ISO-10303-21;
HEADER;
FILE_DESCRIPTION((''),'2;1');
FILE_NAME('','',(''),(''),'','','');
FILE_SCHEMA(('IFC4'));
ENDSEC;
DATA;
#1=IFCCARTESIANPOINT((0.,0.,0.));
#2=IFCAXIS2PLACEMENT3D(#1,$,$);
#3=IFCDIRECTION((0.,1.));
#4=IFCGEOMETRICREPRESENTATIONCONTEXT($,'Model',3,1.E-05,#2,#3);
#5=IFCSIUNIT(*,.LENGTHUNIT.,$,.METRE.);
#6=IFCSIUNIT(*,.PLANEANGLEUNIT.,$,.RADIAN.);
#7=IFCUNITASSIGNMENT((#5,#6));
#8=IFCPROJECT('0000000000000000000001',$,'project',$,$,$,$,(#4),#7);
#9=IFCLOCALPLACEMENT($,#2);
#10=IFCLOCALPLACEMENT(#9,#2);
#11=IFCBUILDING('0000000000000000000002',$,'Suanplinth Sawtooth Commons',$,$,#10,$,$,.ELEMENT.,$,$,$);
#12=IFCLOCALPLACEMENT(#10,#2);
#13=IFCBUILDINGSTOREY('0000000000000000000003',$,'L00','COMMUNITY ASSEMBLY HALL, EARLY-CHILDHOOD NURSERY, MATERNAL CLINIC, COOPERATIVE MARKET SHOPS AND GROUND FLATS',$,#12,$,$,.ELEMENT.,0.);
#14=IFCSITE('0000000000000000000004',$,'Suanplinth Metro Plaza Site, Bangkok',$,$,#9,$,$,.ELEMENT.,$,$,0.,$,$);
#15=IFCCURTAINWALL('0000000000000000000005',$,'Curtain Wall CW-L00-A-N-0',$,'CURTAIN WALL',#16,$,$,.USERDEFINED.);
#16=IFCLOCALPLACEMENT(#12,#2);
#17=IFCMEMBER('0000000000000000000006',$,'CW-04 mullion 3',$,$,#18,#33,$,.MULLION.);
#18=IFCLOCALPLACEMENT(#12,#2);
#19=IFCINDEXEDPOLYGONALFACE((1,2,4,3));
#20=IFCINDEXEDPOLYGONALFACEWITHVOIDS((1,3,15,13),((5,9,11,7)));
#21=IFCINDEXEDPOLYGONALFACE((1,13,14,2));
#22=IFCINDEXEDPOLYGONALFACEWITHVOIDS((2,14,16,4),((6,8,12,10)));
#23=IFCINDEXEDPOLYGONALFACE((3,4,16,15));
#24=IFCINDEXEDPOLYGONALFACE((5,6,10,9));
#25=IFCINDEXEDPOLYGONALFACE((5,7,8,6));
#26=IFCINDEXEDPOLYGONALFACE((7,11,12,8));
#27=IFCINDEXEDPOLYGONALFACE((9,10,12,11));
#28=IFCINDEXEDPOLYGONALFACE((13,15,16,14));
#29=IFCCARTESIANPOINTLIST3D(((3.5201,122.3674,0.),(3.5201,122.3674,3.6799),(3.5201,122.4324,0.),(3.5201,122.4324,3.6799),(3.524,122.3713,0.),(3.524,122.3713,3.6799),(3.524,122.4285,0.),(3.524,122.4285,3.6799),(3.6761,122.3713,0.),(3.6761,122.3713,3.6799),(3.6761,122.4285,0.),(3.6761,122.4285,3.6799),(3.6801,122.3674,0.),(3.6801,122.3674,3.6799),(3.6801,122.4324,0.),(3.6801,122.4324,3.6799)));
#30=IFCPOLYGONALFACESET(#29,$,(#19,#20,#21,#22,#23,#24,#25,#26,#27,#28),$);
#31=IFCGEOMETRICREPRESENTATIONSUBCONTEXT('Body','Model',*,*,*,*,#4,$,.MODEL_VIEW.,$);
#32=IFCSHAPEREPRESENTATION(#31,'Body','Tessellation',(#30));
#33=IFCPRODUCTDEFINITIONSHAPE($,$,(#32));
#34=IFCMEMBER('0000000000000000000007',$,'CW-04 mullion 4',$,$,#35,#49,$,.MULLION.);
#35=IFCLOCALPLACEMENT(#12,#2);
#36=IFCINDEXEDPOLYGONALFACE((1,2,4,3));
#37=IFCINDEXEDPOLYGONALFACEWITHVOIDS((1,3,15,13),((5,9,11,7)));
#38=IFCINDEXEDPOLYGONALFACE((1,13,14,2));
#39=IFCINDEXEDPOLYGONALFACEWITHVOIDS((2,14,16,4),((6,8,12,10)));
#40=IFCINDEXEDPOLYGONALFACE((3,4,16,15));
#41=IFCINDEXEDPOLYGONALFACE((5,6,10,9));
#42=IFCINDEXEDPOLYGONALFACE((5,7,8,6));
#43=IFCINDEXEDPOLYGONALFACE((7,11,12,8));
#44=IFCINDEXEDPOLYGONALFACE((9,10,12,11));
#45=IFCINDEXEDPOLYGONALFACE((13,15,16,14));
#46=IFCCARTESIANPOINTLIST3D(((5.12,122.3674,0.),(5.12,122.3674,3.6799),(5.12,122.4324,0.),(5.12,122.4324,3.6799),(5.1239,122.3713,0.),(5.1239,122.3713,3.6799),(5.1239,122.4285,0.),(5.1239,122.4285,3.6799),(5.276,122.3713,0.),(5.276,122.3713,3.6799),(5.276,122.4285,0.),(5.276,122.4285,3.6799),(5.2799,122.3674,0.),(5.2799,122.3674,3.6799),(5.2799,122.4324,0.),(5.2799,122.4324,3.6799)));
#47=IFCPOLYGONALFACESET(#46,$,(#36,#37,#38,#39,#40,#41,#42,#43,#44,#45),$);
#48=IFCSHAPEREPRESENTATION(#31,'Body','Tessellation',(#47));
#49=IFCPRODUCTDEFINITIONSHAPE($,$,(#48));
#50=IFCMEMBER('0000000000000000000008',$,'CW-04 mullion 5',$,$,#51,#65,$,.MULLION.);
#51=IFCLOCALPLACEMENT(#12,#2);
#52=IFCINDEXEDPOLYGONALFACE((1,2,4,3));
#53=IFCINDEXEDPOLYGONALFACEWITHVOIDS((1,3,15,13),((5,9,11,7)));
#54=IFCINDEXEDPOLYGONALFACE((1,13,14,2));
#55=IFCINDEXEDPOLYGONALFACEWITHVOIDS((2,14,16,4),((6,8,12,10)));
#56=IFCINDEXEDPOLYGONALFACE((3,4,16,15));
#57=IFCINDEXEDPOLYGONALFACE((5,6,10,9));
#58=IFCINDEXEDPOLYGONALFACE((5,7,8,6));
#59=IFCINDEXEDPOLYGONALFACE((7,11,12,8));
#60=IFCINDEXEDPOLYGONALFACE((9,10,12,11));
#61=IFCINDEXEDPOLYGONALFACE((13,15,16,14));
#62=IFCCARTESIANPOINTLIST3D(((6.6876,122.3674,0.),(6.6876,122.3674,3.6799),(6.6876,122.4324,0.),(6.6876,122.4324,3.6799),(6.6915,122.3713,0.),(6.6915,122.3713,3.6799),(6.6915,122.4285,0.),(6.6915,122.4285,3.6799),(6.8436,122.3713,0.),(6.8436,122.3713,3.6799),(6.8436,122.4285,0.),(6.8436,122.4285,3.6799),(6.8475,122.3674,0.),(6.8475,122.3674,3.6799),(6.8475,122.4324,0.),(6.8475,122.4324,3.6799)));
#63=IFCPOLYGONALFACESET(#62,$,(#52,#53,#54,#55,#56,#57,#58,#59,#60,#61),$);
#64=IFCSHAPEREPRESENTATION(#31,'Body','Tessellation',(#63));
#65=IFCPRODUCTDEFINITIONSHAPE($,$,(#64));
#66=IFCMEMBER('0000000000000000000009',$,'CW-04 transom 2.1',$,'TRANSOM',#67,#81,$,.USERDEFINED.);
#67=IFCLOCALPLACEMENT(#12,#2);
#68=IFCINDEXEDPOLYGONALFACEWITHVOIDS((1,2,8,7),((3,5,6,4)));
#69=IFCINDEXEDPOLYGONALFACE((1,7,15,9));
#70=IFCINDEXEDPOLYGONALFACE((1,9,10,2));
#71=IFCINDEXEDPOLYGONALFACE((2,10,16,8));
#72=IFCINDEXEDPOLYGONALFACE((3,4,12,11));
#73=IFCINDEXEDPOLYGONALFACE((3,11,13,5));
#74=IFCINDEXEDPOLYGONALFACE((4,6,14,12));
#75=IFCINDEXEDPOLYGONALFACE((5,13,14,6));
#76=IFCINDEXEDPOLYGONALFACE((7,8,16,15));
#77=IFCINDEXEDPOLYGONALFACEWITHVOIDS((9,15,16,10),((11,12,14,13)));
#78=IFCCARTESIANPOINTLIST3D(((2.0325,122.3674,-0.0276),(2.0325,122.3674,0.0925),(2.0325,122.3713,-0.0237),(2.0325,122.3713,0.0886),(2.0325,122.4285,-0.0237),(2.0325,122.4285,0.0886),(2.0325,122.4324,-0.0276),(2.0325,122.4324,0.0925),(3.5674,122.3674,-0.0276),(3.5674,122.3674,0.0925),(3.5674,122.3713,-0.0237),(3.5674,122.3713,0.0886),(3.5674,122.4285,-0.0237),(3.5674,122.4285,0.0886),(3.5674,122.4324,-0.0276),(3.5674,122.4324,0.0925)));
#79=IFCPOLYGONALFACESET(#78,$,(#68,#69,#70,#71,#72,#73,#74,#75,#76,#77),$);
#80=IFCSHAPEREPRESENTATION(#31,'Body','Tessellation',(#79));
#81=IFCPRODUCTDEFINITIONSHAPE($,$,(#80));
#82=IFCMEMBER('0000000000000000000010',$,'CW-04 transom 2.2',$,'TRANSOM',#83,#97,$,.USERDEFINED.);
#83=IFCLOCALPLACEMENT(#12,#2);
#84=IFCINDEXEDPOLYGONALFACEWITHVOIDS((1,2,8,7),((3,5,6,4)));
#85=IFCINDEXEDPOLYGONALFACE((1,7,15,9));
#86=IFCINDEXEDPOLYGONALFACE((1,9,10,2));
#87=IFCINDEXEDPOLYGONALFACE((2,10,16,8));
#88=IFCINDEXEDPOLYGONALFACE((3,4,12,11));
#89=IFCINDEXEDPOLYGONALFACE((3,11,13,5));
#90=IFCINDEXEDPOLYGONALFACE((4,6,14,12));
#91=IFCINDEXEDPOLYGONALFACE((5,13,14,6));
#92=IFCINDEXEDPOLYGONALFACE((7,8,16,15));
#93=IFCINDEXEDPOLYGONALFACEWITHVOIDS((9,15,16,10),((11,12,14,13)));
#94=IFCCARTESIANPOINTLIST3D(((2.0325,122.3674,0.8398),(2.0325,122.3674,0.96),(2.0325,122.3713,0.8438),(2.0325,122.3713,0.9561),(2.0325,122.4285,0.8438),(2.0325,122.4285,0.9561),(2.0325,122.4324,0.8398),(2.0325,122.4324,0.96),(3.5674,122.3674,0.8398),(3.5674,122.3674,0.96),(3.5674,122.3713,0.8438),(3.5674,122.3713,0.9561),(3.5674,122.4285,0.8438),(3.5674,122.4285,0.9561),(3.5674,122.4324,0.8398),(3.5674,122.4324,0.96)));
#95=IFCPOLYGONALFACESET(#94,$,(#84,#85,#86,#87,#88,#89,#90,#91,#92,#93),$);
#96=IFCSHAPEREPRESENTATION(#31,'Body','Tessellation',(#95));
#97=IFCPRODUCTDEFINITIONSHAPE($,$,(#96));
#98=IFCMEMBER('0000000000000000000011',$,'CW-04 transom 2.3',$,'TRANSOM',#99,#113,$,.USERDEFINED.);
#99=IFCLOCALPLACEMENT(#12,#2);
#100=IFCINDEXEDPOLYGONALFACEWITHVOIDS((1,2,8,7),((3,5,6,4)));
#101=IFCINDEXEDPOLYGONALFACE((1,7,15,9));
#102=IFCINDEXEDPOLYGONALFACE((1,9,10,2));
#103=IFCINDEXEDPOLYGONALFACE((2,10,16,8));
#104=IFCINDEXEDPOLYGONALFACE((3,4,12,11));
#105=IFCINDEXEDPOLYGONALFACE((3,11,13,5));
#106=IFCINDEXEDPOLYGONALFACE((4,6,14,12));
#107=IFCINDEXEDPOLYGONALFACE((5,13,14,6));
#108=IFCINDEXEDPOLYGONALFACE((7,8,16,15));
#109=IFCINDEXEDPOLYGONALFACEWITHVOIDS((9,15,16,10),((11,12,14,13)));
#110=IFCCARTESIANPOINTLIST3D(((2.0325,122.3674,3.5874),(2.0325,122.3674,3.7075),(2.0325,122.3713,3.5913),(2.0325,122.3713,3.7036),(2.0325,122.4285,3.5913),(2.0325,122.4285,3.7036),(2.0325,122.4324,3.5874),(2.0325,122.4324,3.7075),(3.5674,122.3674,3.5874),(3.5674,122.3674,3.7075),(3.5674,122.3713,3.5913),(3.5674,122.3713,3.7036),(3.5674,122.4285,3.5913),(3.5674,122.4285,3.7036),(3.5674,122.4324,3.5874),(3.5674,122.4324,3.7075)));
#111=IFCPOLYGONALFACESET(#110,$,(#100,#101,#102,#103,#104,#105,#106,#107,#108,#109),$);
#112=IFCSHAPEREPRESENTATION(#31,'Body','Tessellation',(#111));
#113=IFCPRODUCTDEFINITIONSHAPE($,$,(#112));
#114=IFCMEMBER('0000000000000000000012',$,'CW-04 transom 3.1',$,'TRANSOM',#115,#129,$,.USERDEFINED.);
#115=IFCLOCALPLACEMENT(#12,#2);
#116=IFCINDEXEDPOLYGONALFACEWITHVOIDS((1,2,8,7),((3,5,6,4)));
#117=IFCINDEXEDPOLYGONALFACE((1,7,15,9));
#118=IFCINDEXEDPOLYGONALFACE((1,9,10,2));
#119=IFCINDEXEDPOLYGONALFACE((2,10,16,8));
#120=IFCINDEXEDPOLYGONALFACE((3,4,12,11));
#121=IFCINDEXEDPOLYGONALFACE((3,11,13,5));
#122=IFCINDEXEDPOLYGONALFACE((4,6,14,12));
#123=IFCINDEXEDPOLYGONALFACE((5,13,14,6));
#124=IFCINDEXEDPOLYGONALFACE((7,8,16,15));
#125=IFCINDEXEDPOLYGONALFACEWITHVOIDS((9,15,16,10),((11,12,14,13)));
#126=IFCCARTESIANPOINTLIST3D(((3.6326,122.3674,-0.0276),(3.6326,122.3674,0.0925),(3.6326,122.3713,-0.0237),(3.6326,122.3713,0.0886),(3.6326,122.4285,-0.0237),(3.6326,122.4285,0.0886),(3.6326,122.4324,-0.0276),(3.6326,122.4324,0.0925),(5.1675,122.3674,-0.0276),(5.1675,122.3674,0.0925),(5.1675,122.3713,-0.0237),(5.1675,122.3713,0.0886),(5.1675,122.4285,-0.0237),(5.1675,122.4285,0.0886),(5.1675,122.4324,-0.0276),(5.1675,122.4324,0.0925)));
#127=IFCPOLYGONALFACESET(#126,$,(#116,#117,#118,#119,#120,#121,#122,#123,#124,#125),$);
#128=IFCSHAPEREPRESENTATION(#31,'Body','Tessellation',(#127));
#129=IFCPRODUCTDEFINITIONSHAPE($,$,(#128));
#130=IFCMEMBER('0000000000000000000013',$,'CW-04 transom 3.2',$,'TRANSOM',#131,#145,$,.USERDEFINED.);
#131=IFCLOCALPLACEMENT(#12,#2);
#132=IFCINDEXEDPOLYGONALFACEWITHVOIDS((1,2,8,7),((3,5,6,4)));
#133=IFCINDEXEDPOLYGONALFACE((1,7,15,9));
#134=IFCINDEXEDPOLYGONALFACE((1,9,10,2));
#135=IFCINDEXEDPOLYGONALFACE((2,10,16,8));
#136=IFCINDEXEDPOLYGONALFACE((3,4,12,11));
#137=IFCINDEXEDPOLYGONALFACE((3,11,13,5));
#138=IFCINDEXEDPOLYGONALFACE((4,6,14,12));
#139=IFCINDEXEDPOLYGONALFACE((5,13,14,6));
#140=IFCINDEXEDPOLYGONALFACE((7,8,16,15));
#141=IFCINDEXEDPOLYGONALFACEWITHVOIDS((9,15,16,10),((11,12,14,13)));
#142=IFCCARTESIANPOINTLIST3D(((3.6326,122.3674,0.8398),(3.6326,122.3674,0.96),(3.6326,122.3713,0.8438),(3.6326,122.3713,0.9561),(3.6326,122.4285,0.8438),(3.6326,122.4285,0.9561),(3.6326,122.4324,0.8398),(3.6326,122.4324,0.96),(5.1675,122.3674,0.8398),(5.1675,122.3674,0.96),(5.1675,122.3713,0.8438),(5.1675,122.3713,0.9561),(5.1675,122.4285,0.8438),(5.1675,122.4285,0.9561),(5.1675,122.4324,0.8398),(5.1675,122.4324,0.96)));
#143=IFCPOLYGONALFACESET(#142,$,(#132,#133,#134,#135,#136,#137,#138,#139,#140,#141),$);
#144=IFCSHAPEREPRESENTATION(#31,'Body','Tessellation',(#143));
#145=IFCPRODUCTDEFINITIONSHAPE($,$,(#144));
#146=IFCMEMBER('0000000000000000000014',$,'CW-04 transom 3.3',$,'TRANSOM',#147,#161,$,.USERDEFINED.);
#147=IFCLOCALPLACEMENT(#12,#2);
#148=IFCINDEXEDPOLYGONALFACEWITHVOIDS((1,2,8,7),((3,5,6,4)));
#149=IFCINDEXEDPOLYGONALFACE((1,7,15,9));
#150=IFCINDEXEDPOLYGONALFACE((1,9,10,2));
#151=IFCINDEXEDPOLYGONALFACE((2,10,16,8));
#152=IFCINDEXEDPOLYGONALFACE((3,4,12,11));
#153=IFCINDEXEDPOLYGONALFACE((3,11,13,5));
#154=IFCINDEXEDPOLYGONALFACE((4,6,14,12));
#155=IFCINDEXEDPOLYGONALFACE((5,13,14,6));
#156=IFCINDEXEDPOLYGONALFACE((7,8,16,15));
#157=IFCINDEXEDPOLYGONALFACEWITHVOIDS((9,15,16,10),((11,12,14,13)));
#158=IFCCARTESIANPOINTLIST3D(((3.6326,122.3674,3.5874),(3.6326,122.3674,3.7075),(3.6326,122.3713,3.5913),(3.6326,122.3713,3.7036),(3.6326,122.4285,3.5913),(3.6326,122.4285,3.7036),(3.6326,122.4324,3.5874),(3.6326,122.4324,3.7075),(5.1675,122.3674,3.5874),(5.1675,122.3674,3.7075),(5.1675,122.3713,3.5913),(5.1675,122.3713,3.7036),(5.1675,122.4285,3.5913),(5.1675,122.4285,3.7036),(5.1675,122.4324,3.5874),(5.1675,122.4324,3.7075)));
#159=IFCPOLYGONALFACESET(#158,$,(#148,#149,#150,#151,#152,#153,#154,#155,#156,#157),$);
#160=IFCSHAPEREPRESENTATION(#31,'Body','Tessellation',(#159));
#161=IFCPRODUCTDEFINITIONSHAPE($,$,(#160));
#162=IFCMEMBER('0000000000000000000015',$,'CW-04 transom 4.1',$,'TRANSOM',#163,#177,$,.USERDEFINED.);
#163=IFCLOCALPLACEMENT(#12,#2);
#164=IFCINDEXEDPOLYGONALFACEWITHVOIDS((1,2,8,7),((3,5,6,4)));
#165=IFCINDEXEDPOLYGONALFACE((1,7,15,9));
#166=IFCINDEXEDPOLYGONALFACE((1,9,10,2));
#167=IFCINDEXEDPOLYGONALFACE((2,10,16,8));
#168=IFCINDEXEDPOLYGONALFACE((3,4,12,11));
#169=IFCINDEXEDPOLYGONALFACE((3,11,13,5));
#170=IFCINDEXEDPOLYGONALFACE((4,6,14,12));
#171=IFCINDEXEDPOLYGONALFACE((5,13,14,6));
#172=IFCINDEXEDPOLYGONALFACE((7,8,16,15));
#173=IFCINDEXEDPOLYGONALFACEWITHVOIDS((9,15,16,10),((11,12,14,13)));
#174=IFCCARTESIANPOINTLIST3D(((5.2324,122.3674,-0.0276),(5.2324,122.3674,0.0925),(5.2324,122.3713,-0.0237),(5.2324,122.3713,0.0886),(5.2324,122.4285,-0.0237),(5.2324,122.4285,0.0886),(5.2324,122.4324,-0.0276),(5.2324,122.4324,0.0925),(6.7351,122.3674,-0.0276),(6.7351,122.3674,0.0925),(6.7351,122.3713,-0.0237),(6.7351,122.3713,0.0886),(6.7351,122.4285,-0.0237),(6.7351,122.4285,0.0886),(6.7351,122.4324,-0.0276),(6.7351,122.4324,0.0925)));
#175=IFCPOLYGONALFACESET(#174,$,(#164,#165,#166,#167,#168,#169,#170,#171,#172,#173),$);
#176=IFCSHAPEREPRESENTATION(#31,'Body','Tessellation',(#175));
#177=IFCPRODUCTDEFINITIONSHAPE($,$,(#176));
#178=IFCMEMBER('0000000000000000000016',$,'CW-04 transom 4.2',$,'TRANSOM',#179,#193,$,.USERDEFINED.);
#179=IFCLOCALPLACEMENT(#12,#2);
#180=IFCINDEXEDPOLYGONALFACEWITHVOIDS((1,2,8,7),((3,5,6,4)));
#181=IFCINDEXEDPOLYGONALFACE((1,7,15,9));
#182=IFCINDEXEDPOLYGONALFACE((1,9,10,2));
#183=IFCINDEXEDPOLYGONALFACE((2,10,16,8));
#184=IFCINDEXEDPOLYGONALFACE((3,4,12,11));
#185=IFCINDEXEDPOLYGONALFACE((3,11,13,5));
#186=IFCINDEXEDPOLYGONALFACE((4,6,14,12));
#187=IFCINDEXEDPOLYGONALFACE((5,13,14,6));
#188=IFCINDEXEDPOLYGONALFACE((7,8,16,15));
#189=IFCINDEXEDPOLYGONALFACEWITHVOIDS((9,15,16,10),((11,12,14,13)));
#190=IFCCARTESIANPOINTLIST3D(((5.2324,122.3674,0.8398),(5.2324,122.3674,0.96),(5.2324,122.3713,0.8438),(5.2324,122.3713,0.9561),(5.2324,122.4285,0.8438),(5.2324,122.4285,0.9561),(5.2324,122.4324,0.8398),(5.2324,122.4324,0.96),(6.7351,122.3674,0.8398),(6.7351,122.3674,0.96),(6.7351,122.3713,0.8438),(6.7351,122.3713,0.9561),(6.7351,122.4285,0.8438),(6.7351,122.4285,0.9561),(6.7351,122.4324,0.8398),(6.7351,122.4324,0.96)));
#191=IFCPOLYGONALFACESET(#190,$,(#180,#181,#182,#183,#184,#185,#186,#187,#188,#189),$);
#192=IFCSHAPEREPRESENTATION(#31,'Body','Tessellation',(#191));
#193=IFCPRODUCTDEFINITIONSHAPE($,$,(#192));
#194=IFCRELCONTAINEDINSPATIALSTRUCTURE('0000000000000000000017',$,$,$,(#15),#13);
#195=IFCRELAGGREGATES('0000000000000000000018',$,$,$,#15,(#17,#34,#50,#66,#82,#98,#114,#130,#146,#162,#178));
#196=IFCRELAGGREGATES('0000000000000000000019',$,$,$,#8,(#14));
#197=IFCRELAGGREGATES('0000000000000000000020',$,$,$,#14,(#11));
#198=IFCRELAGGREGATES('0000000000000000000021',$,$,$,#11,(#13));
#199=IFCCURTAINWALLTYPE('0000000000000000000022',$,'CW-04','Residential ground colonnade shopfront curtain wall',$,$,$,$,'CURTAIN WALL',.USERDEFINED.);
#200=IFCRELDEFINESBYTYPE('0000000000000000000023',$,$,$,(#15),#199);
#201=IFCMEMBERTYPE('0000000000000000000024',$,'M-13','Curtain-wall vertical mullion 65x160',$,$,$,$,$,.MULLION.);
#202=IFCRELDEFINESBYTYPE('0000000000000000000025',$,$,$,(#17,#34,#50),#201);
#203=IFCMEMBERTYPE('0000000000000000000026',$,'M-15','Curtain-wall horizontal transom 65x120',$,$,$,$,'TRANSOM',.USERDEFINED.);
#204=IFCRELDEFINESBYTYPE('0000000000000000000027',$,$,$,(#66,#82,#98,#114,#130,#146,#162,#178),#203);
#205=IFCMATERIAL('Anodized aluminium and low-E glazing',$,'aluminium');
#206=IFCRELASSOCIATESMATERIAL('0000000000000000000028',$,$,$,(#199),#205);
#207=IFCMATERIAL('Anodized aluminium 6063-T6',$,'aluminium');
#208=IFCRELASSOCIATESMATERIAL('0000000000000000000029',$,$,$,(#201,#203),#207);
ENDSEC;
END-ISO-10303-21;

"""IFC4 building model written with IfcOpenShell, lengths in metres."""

from ifc_helpers import new_model, si_unit, direction, frame, origin, origin_2d, place, context, subcontext, project, spatial, hollow_rectangle, extrude, material, material_profile, profile_set, type_object, element, aggregate, save


model = new_model("IFC4")

# Units and contexts
model_context = context("Model", 3, precision=1e-05, world=origin(), true_north=direction((0.0, 1.0)))
body_context = subcontext(model_context, "Body", "Model", "MODEL_VIEW")
ifc_project = project(units=[si_unit("LENGTHUNIT", "METRE"), si_unit("PLANEANGLEUNIT", "RADIAN")], contexts=[model_context])

# Site, building, storey
site_placement = place(None, origin())
site = spatial("IfcSite", under=ifc_project, at=site_placement, Name="Suanplinth Metro Plaza Site, Bangkok", CompositionType="ELEMENT", RefElevation=0.0)
building_placement = place(site_placement, origin())
building = spatial("IfcBuilding", under=site, at=building_placement, Name="Suanplinth Sawtooth Commons", CompositionType="ELEMENT")
storey_placement = place(building_placement, origin())
storey = spatial("IfcBuildingStorey", under=building, at=storey_placement, Name="L00", Description="COMMUNITY ASSEMBLY HALL, EARLY-CHILDHOOD NURSERY, MATERNAL CLINIC, COOPERATIVE MARKET SHOPS AND GROUND FLATS", CompositionType="ELEMENT", Elevation=0.0)

# Curtain wall, members
ifc_material_1 = material(Name="Anodized aluminium and low-E glazing", Category="aluminium")
curtain_wall_type = type_object("IfcCurtainWallType", Name="CW-04", Description="Residential ground colonnade shopfront curtain wall", ElementType="CURTAIN WALL", PredefinedType="USERDEFINED", material=ifc_material_1)
curtain_wall_placement = place(storey_placement, origin())
curtain_wall = element("IfcCurtainWall", 1, at=curtain_wall_placement, inside=storey, type_object=curtain_wall_type, Name="Curtain Wall CW-L00-A-N-0", ObjectType="CURTAIN WALL", PredefinedType="USERDEFINED")
ifc_material_2 = material(Name="Anodized aluminium 6063-T6", Category="aluminium")
ifc_material_profile_1 = material_profile(ifc_material_2, hollow_rectangle(XDim=0.0649, YDim=0.1599, WallThickness=0.0039, at=origin_2d()), Name="ALU-MUL 65x160")
ifc_profile_set_1 = profile_set([ifc_material_profile_1], Name="Anodized aluminium 6063-T6")
member_type_1 = type_object("IfcMemberType", Name="M-13", Description="Curtain-wall vertical mullion 65x160", PredefinedType="MULLION", material=ifc_profile_set_1)
member_1_placement = place(storey_placement, frame((3.6001, 122.3999, 0.0), z_axis=(0.0, 0.0, 1.0), x_axis=(0.0, 1.0, 0.0)))
member_1 = element("IfcMember", 2, at=member_1_placement, type_object=member_type_1, Name="CW-04 mullion 3", PredefinedType="MULLION", context=body_context, shape_type="SweptSolid", body=[
    extrude(hollow_rectangle(XDim=0.0649, YDim=0.1599, WallThickness=0.0039, at=origin_2d()), origin(), (0.0, 0.0, 1.0), 3.6799),
])
member_2_placement = place(storey_placement, frame((5.2, 122.3999, 0.0), z_axis=(0.0, 0.0, 1.0), x_axis=(0.0, 1.0, 0.0)))
member_2 = element("IfcMember", 3, at=member_2_placement, type_object=member_type_1, Name="CW-04 mullion 4", PredefinedType="MULLION", context=body_context, shape_type="SweptSolid", body=[
    extrude(hollow_rectangle(XDim=0.0649, YDim=0.1599, WallThickness=0.0039, at=origin_2d()), origin(), (0.0, 0.0, 1.0), 3.6799),
])
member_3_placement = place(storey_placement, frame((6.7676, 122.3999, 0.0), z_axis=(0.0, 0.0, 1.0), x_axis=(0.0, 1.0, 0.0)))
member_3 = element("IfcMember", 4, at=member_3_placement, type_object=member_type_1, Name="CW-04 mullion 5", PredefinedType="MULLION", context=body_context, shape_type="SweptSolid", body=[
    extrude(hollow_rectangle(XDim=0.0649, YDim=0.1599, WallThickness=0.0039, at=origin_2d()), origin(), (0.0, 0.0, 1.0), 3.6799),
])
ifc_material_profile_2 = material_profile(ifc_material_2, hollow_rectangle(XDim=0.0649, YDim=0.1201, WallThickness=0.0039, at=origin_2d()), Name="ALU-TRN 65x120")
ifc_profile_set_2 = profile_set([ifc_material_profile_2], Name="Anodized aluminium 6063-T6")
member_type_2 = type_object("IfcMemberType", Name="M-15", Description="Curtain-wall horizontal transom 65x120", ElementType="TRANSOM", PredefinedType="USERDEFINED", material=ifc_profile_set_2)
member_4_placement = place(storey_placement, frame((2.0325, 122.3999, 0.0325), z_axis=(1.0, 0.0, 0.0), x_axis=(0.0, 1.0, 0.0)))
member_4 = element("IfcMember", 5, at=member_4_placement, type_object=member_type_2, Name="CW-04 transom 2.1", ObjectType="TRANSOM", PredefinedType="USERDEFINED", context=body_context, shape_type="SweptSolid", body=[
    extrude(hollow_rectangle(XDim=0.0649, YDim=0.1201, WallThickness=0.0039, at=origin_2d()), origin(), (0.0, 0.0, 1.0), 1.5349),
])
member_5_placement = place(storey_placement, frame((2.0325, 122.3999, 0.8999), z_axis=(1.0, 0.0, 0.0), x_axis=(0.0, 1.0, 0.0)))
member_5 = element("IfcMember", 6, at=member_5_placement, type_object=member_type_2, Name="CW-04 transom 2.2", ObjectType="TRANSOM", PredefinedType="USERDEFINED", context=body_context, shape_type="SweptSolid", body=[
    extrude(hollow_rectangle(XDim=0.0649, YDim=0.1201, WallThickness=0.0039, at=origin_2d()), origin(), (0.0, 0.0, 1.0), 1.5349),
])
member_6_placement = place(storey_placement, frame((2.0325, 122.3999, 3.6475), z_axis=(1.0, 0.0, 0.0), x_axis=(0.0, 1.0, 0.0)))
member_6 = element("IfcMember", 7, at=member_6_placement, type_object=member_type_2, Name="CW-04 transom 2.3", ObjectType="TRANSOM", PredefinedType="USERDEFINED", context=body_context, shape_type="SweptSolid", body=[
    extrude(hollow_rectangle(XDim=0.0649, YDim=0.1201, WallThickness=0.0039, at=origin_2d()), origin(), (0.0, 0.0, 1.0), 1.5349),
])
member_7_placement = place(storey_placement, frame((3.6326, 122.3999, 0.0325), z_axis=(1.0, 0.0, 0.0), x_axis=(0.0, 1.0, 0.0)))
member_7 = element("IfcMember", 8, at=member_7_placement, type_object=member_type_2, Name="CW-04 transom 3.1", ObjectType="TRANSOM", PredefinedType="USERDEFINED", context=body_context, shape_type="SweptSolid", body=[
    extrude(hollow_rectangle(XDim=0.0649, YDim=0.1201, WallThickness=0.0039, at=origin_2d()), origin(), (0.0, 0.0, 1.0), 1.5349),
])
member_8_placement = place(storey_placement, frame((3.6326, 122.3999, 0.8999), z_axis=(1.0, 0.0, 0.0), x_axis=(0.0, 1.0, 0.0)))
member_8 = element("IfcMember", 9, at=member_8_placement, type_object=member_type_2, Name="CW-04 transom 3.2", ObjectType="TRANSOM", PredefinedType="USERDEFINED", context=body_context, shape_type="SweptSolid", body=[
    extrude(hollow_rectangle(XDim=0.0649, YDim=0.1201, WallThickness=0.0039, at=origin_2d()), origin(), (0.0, 0.0, 1.0), 1.5349),
])
member_9_placement = place(storey_placement, frame((3.6326, 122.3999, 3.6475), z_axis=(1.0, 0.0, 0.0), x_axis=(0.0, 1.0, 0.0)))
member_9 = element("IfcMember", 10, at=member_9_placement, type_object=member_type_2, Name="CW-04 transom 3.3", ObjectType="TRANSOM", PredefinedType="USERDEFINED", context=body_context, shape_type="SweptSolid", body=[
    extrude(hollow_rectangle(XDim=0.0649, YDim=0.1201, WallThickness=0.0039, at=origin_2d()), origin(), (0.0, 0.0, 1.0), 1.5349),
])
member_10_placement = place(storey_placement, frame((5.2324, 122.3999, 0.0325), z_axis=(1.0, 0.0, 0.0), x_axis=(0.0, 1.0, 0.0)))
member_10 = element("IfcMember", 11, at=member_10_placement, type_object=member_type_2, Name="CW-04 transom 4.1", ObjectType="TRANSOM", PredefinedType="USERDEFINED", context=body_context, shape_type="SweptSolid", body=[
    extrude(hollow_rectangle(XDim=0.0649, YDim=0.1201, WallThickness=0.0039, at=origin_2d()), origin(), (0.0, 0.0, 1.0), 1.5027),
])
member_11_placement = place(storey_placement, frame((5.2324, 122.3999, 0.8999), z_axis=(1.0, 0.0, 0.0), x_axis=(0.0, 1.0, 0.0)))
member_11 = element("IfcMember", 12, at=member_11_placement, type_object=member_type_2, Name="CW-04 transom 4.2", ObjectType="TRANSOM", PredefinedType="USERDEFINED", context=body_context, shape_type="SweptSolid", body=[
    extrude(hollow_rectangle(XDim=0.0649, YDim=0.1201, WallThickness=0.0039, at=origin_2d()), origin(), (0.0, 0.0, 1.0), 1.5027),
])
aggregate(curtain_wall, [member_1, member_2, member_3, member_4, member_5, member_6, member_7, member_8, member_9, member_10, member_11])

save(model, "model.ifc")
